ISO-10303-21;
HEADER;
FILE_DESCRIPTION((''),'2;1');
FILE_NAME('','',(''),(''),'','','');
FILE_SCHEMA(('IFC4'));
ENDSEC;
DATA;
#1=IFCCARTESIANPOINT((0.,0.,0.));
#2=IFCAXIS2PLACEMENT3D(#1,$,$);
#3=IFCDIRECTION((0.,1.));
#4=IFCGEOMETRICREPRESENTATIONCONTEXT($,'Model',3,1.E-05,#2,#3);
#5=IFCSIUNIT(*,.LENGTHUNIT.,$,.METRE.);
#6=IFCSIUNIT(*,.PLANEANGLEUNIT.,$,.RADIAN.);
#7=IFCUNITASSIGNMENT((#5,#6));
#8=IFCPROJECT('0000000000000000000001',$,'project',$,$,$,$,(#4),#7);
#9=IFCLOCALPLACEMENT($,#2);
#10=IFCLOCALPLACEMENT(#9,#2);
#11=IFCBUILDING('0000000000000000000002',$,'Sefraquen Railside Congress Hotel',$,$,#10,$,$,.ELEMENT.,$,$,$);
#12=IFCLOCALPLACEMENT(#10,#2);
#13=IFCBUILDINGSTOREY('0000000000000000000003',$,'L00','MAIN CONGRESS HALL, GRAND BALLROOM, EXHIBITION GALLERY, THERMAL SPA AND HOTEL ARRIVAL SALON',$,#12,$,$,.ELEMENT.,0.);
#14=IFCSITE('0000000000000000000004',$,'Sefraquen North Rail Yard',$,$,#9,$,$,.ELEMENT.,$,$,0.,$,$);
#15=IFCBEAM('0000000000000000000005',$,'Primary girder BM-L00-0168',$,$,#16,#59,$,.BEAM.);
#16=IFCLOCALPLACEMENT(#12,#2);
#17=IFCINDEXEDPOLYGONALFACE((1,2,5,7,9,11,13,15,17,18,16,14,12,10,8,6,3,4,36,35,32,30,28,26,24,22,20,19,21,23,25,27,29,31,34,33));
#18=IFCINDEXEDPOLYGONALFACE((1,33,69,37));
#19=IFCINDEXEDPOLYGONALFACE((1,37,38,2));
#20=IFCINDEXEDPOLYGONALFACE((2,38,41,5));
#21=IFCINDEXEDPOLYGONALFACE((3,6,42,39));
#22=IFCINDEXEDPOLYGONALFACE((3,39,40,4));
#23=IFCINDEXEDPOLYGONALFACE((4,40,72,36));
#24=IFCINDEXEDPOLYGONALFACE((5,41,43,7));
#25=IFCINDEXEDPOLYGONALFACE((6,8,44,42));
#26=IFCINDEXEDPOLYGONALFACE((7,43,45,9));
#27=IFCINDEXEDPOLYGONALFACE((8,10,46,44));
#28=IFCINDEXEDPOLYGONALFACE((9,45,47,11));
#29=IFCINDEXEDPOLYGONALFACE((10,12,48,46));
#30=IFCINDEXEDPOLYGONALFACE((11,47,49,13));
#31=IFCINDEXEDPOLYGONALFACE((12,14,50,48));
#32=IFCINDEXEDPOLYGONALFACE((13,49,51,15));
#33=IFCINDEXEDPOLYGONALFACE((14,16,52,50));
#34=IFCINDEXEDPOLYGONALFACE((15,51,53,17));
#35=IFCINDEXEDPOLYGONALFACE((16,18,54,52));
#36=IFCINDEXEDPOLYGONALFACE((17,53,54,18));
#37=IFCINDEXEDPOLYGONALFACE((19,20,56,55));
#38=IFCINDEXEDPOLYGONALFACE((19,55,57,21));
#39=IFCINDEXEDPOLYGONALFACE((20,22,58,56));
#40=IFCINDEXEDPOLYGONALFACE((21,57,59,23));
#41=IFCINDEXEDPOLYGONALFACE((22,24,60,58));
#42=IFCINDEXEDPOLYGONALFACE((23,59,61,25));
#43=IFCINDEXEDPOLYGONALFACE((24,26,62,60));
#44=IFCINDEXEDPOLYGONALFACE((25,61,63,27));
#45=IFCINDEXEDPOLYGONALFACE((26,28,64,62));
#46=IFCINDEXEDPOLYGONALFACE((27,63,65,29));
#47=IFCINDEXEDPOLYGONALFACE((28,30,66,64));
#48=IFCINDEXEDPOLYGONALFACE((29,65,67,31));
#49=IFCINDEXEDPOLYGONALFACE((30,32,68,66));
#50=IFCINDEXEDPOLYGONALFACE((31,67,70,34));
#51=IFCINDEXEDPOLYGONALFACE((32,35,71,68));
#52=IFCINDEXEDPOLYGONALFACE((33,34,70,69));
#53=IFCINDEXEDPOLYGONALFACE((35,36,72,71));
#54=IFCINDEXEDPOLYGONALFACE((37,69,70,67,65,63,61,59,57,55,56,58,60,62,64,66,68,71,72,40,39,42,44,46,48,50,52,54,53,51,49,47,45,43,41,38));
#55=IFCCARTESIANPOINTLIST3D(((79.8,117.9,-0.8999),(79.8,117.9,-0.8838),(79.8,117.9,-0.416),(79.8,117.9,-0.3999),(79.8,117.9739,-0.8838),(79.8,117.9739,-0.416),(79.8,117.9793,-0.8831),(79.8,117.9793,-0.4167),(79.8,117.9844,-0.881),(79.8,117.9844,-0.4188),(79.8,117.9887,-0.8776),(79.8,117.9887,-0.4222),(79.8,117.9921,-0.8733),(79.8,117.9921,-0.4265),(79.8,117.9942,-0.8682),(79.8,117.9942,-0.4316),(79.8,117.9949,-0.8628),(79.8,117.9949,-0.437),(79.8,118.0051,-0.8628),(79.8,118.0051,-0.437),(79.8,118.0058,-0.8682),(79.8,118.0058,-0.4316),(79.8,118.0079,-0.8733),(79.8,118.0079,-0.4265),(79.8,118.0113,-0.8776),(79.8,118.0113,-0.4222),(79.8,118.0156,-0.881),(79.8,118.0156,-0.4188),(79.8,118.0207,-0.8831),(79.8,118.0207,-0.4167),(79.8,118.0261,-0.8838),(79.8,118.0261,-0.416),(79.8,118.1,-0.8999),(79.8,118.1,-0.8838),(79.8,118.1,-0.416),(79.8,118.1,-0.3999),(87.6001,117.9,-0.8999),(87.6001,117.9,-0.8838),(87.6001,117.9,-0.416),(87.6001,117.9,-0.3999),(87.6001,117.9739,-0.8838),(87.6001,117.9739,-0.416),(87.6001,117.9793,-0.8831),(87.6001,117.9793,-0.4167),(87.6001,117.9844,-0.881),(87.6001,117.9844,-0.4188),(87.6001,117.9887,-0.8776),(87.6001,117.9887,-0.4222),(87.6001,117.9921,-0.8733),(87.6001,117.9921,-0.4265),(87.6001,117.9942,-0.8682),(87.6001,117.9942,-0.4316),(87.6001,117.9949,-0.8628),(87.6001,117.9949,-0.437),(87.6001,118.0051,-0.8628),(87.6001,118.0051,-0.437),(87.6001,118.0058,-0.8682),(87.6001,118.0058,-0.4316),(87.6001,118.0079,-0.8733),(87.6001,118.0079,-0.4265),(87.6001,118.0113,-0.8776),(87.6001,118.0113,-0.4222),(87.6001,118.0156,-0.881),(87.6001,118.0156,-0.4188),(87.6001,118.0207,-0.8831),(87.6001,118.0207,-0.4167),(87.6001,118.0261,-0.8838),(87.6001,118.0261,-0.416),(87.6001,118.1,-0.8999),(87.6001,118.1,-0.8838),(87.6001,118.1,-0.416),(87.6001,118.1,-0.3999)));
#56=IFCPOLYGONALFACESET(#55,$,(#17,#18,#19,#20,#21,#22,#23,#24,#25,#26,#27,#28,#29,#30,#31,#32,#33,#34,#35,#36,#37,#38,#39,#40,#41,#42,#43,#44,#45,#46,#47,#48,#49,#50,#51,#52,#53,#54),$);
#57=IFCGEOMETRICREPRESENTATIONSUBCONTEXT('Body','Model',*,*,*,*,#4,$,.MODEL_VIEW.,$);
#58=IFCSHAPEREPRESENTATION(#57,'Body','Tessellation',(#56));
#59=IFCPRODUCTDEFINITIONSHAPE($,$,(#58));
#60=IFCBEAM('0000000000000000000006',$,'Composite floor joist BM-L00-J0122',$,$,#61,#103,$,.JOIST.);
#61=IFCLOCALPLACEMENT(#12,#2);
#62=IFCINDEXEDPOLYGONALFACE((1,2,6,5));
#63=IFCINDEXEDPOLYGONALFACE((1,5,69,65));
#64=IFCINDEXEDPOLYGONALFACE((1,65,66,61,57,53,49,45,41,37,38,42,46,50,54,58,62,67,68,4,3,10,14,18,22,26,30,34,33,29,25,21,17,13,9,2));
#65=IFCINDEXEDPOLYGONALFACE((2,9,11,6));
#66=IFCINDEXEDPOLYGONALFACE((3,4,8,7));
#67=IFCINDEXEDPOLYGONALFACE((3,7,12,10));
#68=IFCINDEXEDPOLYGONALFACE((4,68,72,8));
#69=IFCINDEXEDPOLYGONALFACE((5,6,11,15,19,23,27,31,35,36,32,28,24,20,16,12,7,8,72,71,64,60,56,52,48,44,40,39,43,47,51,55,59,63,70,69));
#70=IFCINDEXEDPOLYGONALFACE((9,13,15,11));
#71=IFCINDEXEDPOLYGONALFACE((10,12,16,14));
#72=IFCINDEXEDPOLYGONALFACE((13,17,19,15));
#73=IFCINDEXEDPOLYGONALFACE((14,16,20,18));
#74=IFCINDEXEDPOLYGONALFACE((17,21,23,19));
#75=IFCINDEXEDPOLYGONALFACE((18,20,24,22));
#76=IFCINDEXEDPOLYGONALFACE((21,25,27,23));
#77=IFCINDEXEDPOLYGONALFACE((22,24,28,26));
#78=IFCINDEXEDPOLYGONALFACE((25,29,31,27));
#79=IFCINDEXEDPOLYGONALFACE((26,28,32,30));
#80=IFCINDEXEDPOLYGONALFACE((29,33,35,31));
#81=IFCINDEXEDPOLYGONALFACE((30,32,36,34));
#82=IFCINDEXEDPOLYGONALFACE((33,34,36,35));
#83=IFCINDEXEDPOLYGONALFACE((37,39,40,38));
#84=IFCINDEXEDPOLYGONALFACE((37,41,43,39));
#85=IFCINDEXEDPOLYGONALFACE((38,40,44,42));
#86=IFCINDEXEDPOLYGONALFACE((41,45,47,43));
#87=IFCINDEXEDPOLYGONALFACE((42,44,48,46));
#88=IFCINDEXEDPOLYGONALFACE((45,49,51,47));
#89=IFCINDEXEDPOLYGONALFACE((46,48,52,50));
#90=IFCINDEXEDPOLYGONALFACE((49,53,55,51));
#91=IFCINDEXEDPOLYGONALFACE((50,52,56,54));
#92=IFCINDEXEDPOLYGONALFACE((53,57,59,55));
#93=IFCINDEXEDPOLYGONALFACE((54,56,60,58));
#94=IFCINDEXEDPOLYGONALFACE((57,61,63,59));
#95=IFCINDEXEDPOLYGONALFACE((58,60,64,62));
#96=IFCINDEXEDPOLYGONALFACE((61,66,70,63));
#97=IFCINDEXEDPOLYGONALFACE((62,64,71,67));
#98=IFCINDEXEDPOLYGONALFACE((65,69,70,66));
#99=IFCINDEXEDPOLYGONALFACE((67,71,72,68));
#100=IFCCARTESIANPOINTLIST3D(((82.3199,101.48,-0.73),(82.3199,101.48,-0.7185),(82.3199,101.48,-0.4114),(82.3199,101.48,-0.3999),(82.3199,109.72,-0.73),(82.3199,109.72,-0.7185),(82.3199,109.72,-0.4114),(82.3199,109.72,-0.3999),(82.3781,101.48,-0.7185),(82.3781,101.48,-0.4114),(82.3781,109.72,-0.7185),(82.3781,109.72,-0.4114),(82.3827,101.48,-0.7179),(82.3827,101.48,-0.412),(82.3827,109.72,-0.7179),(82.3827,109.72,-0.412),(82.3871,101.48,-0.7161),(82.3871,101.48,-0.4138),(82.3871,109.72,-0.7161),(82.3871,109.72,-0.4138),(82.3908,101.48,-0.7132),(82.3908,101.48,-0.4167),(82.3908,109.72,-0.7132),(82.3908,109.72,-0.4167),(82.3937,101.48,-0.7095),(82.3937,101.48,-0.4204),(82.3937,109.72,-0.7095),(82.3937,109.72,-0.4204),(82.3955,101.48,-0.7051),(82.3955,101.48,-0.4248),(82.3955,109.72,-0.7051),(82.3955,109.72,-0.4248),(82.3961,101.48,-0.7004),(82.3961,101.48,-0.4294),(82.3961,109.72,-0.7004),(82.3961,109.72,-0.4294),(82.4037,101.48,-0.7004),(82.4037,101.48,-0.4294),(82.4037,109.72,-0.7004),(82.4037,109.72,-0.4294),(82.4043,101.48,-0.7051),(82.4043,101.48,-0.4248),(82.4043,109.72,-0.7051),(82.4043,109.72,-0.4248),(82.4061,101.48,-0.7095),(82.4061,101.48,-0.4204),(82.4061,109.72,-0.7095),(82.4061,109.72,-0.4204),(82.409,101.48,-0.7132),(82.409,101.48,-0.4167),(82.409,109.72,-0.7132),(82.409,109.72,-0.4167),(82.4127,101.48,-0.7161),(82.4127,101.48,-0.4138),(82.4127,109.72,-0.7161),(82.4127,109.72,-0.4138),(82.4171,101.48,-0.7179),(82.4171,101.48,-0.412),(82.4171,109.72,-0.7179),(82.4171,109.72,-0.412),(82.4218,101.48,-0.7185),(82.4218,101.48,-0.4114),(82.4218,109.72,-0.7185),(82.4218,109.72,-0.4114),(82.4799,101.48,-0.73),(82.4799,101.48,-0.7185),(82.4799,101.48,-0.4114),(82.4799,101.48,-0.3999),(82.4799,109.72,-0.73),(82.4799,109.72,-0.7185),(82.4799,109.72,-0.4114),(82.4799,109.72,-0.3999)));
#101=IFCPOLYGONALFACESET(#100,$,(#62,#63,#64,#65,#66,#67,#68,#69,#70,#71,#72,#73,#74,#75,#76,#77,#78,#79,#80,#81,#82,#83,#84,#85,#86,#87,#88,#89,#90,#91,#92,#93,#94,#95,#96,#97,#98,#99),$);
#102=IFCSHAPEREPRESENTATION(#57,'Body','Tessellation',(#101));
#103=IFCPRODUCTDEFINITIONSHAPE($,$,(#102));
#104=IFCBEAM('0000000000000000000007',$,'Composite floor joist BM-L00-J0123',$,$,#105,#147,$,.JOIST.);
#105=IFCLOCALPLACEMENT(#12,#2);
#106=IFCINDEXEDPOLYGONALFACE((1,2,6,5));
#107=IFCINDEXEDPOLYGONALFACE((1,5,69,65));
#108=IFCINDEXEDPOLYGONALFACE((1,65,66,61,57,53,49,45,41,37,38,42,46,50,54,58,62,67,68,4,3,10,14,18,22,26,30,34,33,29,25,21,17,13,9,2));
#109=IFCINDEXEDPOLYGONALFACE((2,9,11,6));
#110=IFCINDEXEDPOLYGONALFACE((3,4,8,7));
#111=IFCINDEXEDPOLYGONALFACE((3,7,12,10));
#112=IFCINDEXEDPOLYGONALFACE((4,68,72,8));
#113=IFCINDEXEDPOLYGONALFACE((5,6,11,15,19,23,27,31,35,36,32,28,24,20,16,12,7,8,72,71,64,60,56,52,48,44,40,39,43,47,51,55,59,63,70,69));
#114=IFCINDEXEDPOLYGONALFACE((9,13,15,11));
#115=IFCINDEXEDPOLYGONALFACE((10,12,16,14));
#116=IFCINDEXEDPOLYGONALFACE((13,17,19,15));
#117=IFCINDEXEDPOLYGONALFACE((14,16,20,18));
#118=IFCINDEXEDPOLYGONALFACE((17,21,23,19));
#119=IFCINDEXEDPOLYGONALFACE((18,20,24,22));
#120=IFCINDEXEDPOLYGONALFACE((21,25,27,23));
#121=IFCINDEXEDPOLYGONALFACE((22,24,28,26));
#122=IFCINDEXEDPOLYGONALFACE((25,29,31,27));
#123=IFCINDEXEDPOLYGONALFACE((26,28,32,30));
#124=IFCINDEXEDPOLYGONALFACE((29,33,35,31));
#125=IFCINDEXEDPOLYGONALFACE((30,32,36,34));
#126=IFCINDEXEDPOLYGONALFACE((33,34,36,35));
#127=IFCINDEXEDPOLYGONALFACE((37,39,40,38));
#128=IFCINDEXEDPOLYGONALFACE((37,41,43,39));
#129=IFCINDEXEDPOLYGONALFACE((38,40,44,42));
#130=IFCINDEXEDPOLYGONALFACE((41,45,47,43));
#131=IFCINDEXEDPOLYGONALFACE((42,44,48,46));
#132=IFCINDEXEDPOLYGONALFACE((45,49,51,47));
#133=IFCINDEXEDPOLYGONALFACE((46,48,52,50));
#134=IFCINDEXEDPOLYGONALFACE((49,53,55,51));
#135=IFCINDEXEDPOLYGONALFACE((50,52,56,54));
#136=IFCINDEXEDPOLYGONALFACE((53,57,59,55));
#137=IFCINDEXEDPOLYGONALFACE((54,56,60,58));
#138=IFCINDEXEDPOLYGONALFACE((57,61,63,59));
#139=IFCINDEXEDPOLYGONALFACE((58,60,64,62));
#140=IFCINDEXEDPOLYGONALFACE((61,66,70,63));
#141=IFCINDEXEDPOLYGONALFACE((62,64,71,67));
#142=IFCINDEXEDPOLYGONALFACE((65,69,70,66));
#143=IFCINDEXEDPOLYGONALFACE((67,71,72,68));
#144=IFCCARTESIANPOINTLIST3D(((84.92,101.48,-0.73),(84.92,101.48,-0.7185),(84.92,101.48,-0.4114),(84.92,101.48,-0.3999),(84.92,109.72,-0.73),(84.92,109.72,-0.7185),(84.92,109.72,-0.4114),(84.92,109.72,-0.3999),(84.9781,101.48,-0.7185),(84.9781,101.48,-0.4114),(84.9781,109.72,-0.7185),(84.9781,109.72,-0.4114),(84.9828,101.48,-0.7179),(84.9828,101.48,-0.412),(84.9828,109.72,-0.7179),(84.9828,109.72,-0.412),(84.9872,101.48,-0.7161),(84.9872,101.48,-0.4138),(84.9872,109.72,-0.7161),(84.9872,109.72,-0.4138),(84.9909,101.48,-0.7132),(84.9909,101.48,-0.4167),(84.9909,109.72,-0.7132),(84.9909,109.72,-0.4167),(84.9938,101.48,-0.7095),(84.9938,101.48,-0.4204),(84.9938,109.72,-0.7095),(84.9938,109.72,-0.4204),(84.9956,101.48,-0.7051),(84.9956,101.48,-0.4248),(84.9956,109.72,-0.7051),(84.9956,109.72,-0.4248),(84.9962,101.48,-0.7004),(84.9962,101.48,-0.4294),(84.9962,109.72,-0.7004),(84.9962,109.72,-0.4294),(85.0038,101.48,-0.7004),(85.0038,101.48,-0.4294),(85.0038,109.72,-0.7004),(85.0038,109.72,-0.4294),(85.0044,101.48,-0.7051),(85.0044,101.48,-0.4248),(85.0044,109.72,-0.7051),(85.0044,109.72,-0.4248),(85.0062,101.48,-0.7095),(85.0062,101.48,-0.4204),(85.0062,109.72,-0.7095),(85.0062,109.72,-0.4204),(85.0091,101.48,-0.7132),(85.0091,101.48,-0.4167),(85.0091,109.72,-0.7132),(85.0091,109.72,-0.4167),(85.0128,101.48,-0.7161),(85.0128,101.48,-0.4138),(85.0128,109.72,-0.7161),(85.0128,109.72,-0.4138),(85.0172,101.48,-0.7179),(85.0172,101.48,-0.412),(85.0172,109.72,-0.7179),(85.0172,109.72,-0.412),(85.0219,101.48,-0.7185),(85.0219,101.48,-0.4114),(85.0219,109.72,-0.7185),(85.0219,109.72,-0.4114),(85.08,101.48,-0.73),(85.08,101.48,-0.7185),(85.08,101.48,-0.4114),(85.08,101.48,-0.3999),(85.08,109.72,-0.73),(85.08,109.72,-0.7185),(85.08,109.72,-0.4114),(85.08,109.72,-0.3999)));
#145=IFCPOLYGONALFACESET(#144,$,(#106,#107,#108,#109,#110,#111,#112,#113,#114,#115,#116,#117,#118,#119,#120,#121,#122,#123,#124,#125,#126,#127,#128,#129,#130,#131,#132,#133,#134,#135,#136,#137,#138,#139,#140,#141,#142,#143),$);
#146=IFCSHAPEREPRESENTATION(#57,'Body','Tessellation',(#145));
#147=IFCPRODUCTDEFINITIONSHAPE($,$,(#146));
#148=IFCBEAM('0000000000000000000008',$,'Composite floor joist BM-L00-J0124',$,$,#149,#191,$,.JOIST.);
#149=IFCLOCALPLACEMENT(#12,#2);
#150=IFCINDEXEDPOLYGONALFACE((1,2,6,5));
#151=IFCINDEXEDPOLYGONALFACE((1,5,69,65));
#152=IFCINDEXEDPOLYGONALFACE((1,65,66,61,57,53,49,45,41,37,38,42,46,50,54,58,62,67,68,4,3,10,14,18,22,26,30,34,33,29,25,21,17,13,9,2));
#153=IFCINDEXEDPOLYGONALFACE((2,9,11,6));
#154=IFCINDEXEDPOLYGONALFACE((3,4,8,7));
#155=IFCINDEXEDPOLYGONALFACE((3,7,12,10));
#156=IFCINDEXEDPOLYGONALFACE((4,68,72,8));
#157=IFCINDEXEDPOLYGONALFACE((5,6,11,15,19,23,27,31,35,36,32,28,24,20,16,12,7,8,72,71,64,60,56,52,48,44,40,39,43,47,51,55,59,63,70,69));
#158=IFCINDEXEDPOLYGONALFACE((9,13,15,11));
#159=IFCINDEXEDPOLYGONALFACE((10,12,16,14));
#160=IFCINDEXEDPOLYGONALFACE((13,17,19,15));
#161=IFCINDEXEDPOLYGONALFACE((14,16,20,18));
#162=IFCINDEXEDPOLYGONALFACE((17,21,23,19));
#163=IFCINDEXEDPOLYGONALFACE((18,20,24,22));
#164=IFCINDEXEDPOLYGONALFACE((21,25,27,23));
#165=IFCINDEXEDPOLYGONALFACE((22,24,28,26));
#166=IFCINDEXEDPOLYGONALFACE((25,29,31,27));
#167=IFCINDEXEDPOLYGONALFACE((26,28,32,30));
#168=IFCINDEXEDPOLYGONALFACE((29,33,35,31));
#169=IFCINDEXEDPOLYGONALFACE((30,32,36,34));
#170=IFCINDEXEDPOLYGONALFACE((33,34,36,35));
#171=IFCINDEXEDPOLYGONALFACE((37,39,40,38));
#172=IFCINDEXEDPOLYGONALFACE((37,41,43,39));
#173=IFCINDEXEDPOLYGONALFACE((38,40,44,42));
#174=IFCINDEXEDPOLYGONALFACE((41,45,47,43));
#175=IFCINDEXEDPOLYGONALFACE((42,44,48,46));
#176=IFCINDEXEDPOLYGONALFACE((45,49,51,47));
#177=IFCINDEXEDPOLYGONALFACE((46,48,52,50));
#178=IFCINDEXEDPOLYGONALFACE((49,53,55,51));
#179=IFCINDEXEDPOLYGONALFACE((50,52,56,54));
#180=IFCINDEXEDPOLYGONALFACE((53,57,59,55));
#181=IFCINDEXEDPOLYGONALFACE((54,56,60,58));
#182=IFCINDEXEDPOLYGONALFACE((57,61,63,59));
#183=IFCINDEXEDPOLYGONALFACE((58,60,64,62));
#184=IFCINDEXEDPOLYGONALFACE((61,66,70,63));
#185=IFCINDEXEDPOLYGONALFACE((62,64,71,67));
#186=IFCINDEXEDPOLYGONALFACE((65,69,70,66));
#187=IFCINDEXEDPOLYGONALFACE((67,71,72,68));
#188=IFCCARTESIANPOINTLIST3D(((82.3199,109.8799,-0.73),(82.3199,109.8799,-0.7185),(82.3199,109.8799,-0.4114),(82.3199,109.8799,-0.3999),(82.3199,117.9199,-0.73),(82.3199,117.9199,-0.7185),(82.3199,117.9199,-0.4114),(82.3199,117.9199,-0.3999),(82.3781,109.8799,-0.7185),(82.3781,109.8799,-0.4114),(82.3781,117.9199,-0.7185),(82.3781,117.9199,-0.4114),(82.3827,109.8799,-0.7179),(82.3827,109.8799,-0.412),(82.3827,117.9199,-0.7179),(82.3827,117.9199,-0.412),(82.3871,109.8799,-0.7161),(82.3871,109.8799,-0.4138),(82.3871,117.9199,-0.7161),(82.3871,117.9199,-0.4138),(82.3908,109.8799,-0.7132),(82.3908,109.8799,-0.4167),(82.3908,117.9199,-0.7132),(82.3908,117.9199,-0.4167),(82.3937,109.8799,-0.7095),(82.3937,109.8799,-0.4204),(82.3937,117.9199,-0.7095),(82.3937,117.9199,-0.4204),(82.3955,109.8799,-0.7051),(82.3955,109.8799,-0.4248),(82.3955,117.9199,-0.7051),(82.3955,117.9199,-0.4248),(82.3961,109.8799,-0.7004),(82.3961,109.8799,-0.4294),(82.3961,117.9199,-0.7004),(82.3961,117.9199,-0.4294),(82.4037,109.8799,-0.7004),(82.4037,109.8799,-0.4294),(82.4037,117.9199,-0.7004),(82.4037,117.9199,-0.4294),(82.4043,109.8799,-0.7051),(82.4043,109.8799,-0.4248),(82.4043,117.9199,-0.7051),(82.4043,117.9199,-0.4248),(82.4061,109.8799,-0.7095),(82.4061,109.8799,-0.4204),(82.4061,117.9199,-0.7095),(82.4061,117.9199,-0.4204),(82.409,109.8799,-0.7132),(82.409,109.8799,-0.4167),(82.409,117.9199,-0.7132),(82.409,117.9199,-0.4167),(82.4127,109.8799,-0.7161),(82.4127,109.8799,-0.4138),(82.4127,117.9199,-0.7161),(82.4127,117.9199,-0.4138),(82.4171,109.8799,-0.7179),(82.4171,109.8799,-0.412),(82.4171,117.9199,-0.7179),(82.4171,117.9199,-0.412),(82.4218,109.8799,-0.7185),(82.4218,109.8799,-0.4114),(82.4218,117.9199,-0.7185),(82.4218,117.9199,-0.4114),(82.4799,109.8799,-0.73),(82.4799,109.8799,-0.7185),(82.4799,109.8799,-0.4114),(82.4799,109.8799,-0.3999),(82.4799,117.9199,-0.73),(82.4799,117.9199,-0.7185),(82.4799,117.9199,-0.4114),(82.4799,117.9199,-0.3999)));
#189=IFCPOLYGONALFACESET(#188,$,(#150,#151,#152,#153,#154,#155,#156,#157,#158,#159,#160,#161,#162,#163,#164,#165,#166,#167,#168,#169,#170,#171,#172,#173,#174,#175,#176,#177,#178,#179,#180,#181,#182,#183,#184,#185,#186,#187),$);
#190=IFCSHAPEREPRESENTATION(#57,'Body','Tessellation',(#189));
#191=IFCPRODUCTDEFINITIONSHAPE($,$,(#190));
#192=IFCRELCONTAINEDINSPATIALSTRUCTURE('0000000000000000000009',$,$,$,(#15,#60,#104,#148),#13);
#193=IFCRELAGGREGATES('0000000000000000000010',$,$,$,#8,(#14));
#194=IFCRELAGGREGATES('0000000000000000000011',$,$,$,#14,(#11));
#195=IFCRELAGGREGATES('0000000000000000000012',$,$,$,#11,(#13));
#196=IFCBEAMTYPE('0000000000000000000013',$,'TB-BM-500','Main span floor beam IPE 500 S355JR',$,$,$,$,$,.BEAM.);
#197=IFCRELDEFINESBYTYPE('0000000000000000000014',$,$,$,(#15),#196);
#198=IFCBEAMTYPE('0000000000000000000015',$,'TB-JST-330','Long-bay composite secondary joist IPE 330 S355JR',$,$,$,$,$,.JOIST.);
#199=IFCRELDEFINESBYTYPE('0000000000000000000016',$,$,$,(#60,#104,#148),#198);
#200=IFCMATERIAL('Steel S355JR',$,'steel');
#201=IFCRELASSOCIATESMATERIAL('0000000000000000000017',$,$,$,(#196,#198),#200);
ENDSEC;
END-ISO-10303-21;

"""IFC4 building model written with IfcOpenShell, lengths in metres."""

from ifc_helpers import new_model, si_unit, direction, frame, origin, origin_2d, place, context, subcontext, project, spatial, i_section, extrude, material, material_profile, profile_set, type_object, element, save


model = new_model("IFC4")

# Units and contexts
model_context = context("Model", 3, precision=1e-05, world=origin(), true_north=direction((0.0, 1.0)))
body_context = subcontext(model_context, "Body", "Model", "MODEL_VIEW")
ifc_project = project(units=[si_unit("LENGTHUNIT", "METRE"), si_unit("PLANEANGLEUNIT", "RADIAN")], contexts=[model_context])

# Site, building, storey
site_placement = place(None, origin())
site = spatial("IfcSite", under=ifc_project, at=site_placement, Name="Sefraquen North Rail Yard", CompositionType="ELEMENT", RefElevation=0.0)
building_placement = place(site_placement, origin())
building = spatial("IfcBuilding", under=site, at=building_placement, Name="Sefraquen Railside Congress Hotel", CompositionType="ELEMENT")
storey_placement = place(building_placement, origin())
storey = spatial("IfcBuildingStorey", under=building, at=storey_placement, Name="L00", Description="MAIN CONGRESS HALL, GRAND BALLROOM, EXHIBITION GALLERY, THERMAL SPA AND HOTEL ARRIVAL SALON", CompositionType="ELEMENT", Elevation=0.0)

# Shared definitions
ifc_material_1 = material(Name="Steel S355JR", Category="steel")

# Beams
ifc_material_profile_1 = material_profile(ifc_material_1, i_section(OverallWidth=0.2, OverallDepth=0.5, WebThickness=0.0103, FlangeThickness=0.0161, FilletRadius=0.021, at=origin_2d()), Name="IPE 500")
ifc_profile_set_1 = profile_set([ifc_material_profile_1], Name="Steel S355JR")
beam_type_1 = type_object("IfcBeamType", Name="TB-BM-500", Description="Main span floor beam IPE 500 S355JR", PredefinedType="BEAM", material=ifc_profile_set_1)
beam_1_placement = place(storey_placement, frame((79.8, 118.0, -0.6499), z_axis=(1.0, 0.0, 0.0), x_axis=(0.0, 1.0, 0.0)))
element("IfcBeam", 1, at=beam_1_placement, inside=storey, type_object=beam_type_1, Name="Primary girder BM-L00-0168", PredefinedType="BEAM", context=body_context, shape_type="SweptSolid", body=[
    extrude(i_section(OverallWidth=0.2, OverallDepth=0.5, WebThickness=0.0103, FlangeThickness=0.0161, FilletRadius=0.021, at=origin_2d()), origin(), (0.0, 0.0, 1.0), 7.8),
])
ifc_material_profile_2 = material_profile(ifc_material_1, i_section(OverallWidth=0.1599, OverallDepth=0.3301, WebThickness=0.0076, FlangeThickness=0.0115, FilletRadius=0.0181, at=origin_2d()), Name="IPE 330")
ifc_profile_set_2 = profile_set([ifc_material_profile_2], Name="Steel S355JR")
beam_type_2 = type_object("IfcBeamType", Name="TB-JST-330", Description="Long-bay composite secondary joist IPE 330 S355JR", PredefinedType="JOIST", material=ifc_profile_set_2)
for number, where, z_axis, x_axis, name in (
    (2, (82.3999, 101.48, -0.5649), (0.0, 1.0, 0.0), (-1.0, 0.0, 0.0), "Composite floor joist BM-L00-J0122"),
    (3, (85.0, 101.48, -0.5649), (0.0, 1.0, 0.0), (-1.0, 0.0, 0.0), "Composite floor joist BM-L00-J0123"),
):
    element("IfcBeam", number, at=place(storey_placement, frame(where, z_axis=z_axis, x_axis=x_axis)), inside=storey, type_object=beam_type_2, Name=name, PredefinedType="JOIST", context=body_context, shape_type="SweptSolid", body=[
        extrude(i_section(OverallWidth=0.1599, OverallDepth=0.3301, WebThickness=0.0076, FlangeThickness=0.0115, FilletRadius=0.0181, at=origin_2d()), origin(), (0.0, 0.0, 1.0), 8.24),
    ])
for number, where, z_axis, x_axis, name in (
    (4, (82.3999, 109.8799, -0.5649), (0.0, 1.0, 0.0), (-1.0, 0.0, 0.0), "Composite floor joist BM-L00-J0124"),
):
    element("IfcBeam", number, at=place(storey_placement, frame(where, z_axis=z_axis, x_axis=x_axis)), inside=storey, type_object=beam_type_2, Name=name, PredefinedType="JOIST", context=body_context, shape_type="SweptSolid", body=[
        extrude(i_section(OverallWidth=0.1599, OverallDepth=0.3301, WebThickness=0.0076, FlangeThickness=0.0115, FilletRadius=0.0181, at=origin_2d()), origin(), (0.0, 0.0, 1.0), 8.04),
    ])

save(model, "model.ifc")
